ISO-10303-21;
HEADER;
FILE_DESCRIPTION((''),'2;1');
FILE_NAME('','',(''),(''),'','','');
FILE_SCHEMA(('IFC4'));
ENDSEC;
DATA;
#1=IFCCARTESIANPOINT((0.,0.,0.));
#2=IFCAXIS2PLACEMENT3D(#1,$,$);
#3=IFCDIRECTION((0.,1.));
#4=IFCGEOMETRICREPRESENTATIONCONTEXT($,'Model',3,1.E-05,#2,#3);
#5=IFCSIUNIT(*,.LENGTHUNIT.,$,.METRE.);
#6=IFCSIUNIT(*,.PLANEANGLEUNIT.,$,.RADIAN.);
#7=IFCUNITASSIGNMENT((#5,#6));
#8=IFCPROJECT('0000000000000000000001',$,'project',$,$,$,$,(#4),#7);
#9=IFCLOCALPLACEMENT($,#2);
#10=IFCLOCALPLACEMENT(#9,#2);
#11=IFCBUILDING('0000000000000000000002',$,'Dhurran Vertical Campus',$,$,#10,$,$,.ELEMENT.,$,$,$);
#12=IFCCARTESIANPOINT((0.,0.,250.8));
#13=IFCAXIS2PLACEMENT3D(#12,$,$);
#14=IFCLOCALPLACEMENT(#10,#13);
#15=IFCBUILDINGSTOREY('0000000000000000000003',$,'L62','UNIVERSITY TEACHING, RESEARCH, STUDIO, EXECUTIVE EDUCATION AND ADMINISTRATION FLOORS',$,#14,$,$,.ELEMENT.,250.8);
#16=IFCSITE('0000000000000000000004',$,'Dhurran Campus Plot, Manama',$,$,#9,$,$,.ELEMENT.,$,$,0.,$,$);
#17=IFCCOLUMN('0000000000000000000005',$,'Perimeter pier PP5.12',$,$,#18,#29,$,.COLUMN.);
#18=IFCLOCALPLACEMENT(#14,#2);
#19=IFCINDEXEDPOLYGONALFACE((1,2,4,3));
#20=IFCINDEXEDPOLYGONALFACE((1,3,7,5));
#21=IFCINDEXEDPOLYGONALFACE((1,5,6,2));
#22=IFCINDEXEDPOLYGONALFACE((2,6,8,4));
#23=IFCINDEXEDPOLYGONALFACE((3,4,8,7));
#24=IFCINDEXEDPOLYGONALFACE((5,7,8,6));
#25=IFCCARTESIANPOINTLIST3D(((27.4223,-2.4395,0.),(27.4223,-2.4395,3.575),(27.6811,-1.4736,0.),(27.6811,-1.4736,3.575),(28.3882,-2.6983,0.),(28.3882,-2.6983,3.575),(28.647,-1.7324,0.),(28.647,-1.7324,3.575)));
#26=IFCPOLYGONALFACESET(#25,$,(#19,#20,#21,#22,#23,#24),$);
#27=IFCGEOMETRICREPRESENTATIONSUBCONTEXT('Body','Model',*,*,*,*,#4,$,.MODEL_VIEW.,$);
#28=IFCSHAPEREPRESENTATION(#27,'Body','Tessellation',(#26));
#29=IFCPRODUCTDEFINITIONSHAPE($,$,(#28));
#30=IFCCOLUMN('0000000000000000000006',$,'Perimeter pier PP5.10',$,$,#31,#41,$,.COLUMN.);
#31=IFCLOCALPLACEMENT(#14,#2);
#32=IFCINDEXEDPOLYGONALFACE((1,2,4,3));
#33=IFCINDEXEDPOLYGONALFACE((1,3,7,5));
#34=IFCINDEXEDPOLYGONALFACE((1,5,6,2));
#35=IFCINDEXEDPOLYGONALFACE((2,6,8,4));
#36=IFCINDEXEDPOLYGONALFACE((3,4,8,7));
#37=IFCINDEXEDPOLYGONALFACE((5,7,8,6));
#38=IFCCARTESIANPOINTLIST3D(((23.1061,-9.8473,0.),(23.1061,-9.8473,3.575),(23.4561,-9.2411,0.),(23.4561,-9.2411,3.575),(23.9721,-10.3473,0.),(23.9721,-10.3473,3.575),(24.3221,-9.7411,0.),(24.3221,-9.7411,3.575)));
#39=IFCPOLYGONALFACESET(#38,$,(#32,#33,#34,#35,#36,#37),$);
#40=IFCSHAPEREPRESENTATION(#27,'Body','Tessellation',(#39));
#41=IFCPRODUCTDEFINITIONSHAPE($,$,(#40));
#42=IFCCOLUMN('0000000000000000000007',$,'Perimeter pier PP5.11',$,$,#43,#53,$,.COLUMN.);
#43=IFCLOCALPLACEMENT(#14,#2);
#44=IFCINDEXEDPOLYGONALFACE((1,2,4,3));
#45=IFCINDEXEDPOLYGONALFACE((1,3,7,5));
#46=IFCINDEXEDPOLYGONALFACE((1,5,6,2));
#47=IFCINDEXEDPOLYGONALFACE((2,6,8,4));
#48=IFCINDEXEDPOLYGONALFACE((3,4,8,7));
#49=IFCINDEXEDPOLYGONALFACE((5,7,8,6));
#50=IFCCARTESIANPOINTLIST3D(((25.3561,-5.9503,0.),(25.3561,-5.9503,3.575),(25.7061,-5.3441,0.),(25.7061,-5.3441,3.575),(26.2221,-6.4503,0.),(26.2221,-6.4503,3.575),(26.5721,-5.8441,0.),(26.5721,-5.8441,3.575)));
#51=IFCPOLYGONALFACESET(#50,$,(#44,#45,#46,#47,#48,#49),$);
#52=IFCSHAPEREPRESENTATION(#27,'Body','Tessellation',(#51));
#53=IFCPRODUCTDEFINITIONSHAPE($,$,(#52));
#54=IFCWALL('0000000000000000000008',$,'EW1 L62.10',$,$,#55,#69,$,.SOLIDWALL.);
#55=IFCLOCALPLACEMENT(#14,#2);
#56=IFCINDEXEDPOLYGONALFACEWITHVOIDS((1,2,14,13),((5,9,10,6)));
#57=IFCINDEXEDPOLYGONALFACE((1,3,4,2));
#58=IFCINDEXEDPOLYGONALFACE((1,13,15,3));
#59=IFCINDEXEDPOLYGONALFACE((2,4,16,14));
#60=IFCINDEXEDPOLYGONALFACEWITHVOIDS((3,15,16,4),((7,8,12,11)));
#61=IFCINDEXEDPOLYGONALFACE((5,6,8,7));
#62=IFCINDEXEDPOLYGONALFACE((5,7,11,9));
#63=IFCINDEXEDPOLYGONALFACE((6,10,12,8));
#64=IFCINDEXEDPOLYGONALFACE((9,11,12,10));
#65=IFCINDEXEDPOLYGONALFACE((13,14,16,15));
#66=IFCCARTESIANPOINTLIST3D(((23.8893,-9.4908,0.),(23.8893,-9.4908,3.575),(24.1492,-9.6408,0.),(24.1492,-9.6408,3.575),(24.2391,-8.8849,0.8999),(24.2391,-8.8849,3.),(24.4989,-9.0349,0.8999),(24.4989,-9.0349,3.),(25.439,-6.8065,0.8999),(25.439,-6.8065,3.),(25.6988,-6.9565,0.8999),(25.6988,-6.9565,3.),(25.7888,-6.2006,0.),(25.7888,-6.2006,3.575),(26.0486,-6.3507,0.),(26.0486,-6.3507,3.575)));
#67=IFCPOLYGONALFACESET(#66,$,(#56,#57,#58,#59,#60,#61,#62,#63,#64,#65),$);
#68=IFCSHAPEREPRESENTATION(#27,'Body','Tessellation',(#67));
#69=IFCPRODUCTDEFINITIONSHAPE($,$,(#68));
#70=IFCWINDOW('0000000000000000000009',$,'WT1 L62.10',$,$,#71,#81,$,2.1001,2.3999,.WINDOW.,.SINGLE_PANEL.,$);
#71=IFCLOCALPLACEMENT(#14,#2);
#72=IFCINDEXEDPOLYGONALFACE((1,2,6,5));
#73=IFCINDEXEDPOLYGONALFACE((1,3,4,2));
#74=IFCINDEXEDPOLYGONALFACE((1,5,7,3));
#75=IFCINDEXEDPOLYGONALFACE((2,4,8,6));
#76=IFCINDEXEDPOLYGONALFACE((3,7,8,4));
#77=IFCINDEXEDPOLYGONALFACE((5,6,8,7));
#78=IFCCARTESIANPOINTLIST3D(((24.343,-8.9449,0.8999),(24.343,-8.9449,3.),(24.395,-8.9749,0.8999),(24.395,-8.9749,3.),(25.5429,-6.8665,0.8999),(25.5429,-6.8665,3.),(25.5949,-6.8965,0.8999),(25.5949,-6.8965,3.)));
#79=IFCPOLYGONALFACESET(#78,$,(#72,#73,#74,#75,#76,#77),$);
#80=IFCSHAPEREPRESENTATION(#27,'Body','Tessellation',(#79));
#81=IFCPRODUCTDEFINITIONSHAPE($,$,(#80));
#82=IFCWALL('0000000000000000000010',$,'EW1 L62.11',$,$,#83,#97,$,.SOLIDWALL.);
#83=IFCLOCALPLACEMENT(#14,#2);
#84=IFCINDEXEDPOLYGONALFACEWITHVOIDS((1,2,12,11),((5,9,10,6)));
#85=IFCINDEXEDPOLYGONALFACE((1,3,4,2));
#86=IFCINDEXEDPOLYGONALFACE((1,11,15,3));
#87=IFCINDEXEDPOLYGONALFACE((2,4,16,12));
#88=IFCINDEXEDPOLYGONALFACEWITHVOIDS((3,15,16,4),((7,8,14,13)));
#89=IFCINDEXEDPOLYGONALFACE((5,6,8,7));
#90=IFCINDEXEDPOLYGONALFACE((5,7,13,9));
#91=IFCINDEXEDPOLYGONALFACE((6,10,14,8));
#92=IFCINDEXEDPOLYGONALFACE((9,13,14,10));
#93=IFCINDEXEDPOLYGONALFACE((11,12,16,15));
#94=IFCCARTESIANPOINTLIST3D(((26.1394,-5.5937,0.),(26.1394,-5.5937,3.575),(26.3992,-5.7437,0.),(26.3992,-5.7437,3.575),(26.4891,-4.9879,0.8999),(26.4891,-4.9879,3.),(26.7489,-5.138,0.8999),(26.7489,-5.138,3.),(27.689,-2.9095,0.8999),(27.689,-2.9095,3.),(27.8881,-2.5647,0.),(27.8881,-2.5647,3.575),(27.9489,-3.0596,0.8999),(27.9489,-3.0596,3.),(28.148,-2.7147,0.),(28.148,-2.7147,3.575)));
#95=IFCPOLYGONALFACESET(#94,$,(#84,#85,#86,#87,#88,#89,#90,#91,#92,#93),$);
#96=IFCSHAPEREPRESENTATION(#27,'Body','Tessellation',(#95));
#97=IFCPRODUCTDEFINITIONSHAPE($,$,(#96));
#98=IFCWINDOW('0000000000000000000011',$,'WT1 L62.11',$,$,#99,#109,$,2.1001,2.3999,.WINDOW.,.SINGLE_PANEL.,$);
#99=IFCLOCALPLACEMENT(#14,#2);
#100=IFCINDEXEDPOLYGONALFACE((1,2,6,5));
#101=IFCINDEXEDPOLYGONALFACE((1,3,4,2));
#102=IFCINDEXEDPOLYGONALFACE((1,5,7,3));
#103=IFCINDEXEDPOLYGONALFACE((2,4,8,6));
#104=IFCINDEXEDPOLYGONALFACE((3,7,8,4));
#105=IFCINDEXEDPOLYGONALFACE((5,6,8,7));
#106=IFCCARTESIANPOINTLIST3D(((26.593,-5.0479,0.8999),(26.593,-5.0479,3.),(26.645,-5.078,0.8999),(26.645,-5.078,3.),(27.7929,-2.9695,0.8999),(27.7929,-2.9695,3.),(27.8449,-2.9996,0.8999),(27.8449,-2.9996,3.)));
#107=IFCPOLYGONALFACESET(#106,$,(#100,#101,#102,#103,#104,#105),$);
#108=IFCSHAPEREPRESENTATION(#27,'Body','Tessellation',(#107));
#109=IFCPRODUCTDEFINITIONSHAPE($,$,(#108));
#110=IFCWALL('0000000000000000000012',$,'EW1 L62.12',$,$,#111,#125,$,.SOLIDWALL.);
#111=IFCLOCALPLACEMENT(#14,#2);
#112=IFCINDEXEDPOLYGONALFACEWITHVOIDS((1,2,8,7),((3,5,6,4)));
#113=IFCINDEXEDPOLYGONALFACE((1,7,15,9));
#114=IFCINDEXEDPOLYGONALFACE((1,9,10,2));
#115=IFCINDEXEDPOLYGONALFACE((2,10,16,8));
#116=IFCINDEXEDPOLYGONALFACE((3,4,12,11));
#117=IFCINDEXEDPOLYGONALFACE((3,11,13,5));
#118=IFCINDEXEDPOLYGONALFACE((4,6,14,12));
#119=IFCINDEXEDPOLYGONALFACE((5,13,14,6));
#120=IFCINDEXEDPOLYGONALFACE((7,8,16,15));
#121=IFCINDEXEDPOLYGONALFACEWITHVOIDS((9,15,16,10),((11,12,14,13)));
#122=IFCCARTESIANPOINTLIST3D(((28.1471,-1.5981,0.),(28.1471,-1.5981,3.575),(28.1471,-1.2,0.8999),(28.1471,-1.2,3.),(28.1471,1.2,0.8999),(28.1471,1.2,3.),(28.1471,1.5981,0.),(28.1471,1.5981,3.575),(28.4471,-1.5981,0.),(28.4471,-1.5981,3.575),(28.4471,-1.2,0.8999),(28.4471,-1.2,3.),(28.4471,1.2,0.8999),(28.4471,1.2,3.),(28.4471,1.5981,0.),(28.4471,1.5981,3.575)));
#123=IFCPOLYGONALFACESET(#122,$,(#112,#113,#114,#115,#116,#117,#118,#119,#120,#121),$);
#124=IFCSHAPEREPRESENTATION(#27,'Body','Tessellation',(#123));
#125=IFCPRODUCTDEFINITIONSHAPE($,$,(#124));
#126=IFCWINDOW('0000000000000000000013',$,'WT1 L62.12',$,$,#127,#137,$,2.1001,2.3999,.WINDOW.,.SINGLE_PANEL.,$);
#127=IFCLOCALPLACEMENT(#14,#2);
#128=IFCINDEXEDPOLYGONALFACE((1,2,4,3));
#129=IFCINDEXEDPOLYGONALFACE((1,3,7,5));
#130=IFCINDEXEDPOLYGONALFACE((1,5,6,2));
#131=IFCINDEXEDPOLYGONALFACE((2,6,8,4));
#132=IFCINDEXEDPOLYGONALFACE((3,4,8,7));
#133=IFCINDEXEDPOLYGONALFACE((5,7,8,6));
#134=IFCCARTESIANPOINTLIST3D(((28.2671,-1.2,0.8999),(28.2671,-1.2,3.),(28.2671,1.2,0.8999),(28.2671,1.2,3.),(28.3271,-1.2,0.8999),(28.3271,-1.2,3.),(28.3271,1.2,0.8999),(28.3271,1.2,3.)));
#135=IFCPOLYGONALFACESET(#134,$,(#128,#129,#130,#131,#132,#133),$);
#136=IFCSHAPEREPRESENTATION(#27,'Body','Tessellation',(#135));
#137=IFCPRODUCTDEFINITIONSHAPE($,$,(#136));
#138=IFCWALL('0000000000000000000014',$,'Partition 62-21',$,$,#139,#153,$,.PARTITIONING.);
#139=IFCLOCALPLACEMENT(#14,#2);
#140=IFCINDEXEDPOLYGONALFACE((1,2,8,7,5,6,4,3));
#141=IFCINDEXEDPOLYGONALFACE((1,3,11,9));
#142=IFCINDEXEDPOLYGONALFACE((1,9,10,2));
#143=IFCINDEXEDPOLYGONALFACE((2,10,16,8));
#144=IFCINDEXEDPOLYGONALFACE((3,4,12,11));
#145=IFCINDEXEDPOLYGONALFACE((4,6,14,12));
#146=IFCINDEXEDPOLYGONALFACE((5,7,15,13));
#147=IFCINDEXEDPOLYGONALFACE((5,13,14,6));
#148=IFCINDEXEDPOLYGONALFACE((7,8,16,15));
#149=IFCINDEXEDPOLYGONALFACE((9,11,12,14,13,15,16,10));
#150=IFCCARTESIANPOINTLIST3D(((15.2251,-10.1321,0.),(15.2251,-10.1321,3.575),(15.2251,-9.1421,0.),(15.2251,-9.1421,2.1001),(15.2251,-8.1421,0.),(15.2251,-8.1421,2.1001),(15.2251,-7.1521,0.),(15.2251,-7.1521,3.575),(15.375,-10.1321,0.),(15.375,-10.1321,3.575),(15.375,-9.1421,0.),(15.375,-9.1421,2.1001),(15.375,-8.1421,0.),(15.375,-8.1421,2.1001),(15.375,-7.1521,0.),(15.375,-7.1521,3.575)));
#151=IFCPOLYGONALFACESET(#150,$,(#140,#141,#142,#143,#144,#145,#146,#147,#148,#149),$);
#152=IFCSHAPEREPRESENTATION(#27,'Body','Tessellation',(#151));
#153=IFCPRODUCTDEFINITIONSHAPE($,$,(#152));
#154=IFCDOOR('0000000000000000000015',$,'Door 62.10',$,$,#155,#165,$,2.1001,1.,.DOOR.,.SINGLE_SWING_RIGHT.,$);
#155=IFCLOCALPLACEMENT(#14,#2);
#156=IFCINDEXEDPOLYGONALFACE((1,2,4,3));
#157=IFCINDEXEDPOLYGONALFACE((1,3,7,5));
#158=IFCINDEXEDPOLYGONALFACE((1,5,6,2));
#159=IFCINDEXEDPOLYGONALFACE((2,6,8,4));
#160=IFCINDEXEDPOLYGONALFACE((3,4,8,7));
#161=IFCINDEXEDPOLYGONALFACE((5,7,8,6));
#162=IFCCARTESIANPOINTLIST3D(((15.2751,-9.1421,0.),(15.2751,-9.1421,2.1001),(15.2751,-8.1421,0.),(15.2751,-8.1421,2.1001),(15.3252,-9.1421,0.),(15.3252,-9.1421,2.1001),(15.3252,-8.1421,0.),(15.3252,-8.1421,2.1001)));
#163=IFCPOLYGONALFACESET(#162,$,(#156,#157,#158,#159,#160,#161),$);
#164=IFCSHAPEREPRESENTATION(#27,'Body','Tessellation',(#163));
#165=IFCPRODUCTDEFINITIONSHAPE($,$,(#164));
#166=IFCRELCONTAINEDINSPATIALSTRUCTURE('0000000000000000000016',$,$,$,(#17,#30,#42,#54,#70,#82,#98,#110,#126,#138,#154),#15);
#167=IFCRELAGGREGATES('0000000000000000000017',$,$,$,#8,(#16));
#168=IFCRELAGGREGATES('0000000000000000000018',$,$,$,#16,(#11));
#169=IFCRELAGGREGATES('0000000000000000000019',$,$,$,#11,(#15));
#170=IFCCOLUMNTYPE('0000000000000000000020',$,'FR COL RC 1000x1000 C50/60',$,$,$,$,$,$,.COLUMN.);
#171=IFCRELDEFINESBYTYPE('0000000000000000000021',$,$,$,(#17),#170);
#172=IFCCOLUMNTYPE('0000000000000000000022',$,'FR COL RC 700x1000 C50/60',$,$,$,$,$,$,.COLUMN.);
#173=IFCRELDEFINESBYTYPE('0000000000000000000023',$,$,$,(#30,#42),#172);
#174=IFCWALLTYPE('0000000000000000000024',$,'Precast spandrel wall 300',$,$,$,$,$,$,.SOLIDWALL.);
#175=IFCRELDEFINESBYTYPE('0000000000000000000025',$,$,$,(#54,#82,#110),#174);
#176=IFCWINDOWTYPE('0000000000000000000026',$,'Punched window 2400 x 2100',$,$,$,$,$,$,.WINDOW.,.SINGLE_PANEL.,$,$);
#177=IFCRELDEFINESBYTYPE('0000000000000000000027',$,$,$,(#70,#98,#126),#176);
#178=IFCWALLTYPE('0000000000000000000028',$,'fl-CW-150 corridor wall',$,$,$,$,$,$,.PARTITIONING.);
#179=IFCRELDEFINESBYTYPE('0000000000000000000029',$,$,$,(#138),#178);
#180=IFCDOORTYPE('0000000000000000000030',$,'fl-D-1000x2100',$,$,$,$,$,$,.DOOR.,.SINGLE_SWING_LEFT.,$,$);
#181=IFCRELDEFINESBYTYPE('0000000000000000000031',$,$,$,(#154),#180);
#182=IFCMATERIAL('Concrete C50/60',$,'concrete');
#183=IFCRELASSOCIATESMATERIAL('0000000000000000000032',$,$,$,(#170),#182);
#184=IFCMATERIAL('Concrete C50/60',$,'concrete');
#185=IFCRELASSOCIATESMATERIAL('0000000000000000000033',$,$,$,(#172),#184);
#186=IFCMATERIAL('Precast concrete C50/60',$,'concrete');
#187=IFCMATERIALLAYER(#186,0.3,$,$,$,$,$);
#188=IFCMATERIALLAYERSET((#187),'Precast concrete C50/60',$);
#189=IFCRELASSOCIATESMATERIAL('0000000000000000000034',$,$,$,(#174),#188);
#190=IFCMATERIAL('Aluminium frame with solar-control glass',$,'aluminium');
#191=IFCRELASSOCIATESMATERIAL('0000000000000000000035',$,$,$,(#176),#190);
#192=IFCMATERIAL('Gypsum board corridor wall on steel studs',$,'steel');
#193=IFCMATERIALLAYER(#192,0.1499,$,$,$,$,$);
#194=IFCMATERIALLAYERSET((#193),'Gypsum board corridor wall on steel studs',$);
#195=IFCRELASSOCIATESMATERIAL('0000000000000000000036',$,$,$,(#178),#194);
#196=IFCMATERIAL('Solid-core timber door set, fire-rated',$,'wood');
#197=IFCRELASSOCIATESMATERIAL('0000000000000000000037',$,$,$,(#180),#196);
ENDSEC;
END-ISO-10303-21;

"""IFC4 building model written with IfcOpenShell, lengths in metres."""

from ifc_helpers import new_model, si_unit, direction, frame, frame_2d, origin, origin_2d, place, context, subcontext, project, spatial, rectangle, extrude, material, layer, layer_set, material_profile, profile_set, type_object, element, fill, save


model = new_model("IFC4")

# Units and contexts
model_context = context("Model", 3, precision=1e-05, world=origin(), true_north=direction((0.0, 1.0)))
body_context = subcontext(model_context, "Body", "Model", "MODEL_VIEW")
ifc_project = project(units=[si_unit("LENGTHUNIT", "METRE"), si_unit("PLANEANGLEUNIT", "RADIAN")], contexts=[model_context])

# Site, building, storey
site_placement = place(None, origin())
site = spatial("IfcSite", under=ifc_project, at=site_placement, Name="Dhurran Campus Plot, Manama", CompositionType="ELEMENT", RefElevation=0.0)
building_placement = place(site_placement, origin())
building = spatial("IfcBuilding", under=site, at=building_placement, Name="Dhurran Vertical Campus", CompositionType="ELEMENT")
storey_placement = place(building_placement, frame((0.0, 0.0, 250.8)))
storey = spatial("IfcBuildingStorey", under=building, at=storey_placement, Name="L62", Description="UNIVERSITY TEACHING, RESEARCH, STUDIO, EXECUTIVE EDUCATION AND ADMINISTRATION FLOORS", CompositionType="ELEMENT", Elevation=250.8)

# Columns
ifc_material_1 = material(Name="Concrete C50/60", Category="concrete")
ifc_material_profile_1 = material_profile(ifc_material_1, rectangle(XDim=1.0, YDim=1.0, at=origin_2d()), Name="RC 1000x1000")
ifc_profile_set_1 = profile_set([ifc_material_profile_1], Name="Concrete C50/60")
column_type_1 = type_object("IfcColumnType", Name="FR COL RC 1000x1000 C50/60", PredefinedType="COLUMN", material=ifc_profile_set_1)
column_placement = place(storey_placement, frame((28.0347, -2.0859, 0.0), z_axis=(0.0, 0.0, 1.0), x_axis=(0.258819, 0.965926, 0.0)))
element("IfcColumn", 1, at=column_placement, inside=storey, type_object=column_type_1, Name="Perimeter pier PP5.12", PredefinedType="COLUMN", context=body_context, shape_type="SweptSolid", body=[
    extrude(rectangle(XDim=1.0, YDim=1.0, at=origin_2d()), origin(), (0.0, 0.0, 1.0), 3.575),
])
ifc_material_2 = material(Name="Concrete C50/60", Category="concrete")
ifc_material_profile_2 = material_profile(ifc_material_2, rectangle(XDim=0.7, YDim=1.0, at=origin_2d()), Name="RC 700x1000")
ifc_profile_set_2 = profile_set([ifc_material_profile_2], Name="Concrete C50/60")
column_type_2 = type_object("IfcColumnType", Name="FR COL RC 700x1000 C50/60", PredefinedType="COLUMN", material=ifc_profile_set_2)
for number, where, z_axis, x_axis, name in (
    (2, (23.7141, -9.7942, 0.0), (0.0, 0.0, 1.0), (0.5, 0.866025, 0.0), "Perimeter pier PP5.10"),
    (3, (25.9641, -5.8972, 0.0), (0.0, 0.0, 1.0), (0.5, 0.866025, 0.0), "Perimeter pier PP5.11"),
):
    element("IfcColumn", number, at=place(storey_placement, frame(where, z_axis=z_axis, x_axis=x_axis)), inside=storey, type_object=column_type_2, Name=name, PredefinedType="COLUMN", context=body_context, shape_type="SweptSolid", body=[
        extrude(rectangle(XDim=0.7, YDim=1.0, at=origin_2d()), origin(), (0.0, 0.0, 1.0), 3.575),
    ])

# Walls, openings, windows
ifc_material_3 = material(Name="Precast concrete C50/60", Category="concrete")
ifc_layer_1 = layer(ifc_material_3, 0.3)
ifc_layer_set_1 = layer_set([ifc_layer_1], Name="Precast concrete C50/60")
wall_type_1 = type_object("IfcWallType", Name="Precast spandrel wall 300", PredefinedType="SOLIDWALL", material=ifc_layer_set_1)
wall_1_placement = place(storey_placement, frame((24.0193, -9.5657, 0.0), z_axis=(0.0, 0.0, 1.0), x_axis=(0.499982, 0.866036, 0.0)))
wall_1 = element("IfcWall", 4, at=wall_1_placement, inside=storey, type_object=wall_type_1, Name="EW1 L62.10", PredefinedType="SOLIDWALL", context=body_context, shape_type="SweptSolid", body=[
    extrude(rectangle(XDim=3.7991, YDim=0.3, at=frame_2d((1.8994, 0.0))), origin(), (0.0, 0.0, 1.0), 3.575),
])
opening_1_placement = place(wall_1_placement, frame((0.6995, 0.0, 0.8999)))
opening_1 = element("IfcOpeningElement", 5, at=opening_1_placement, cuts=wall_1, PredefinedType="OPENING", context=body_context, shape_type="SweptSolid", body=[
    extrude(rectangle(XDim=2.3999, YDim=2.1001, at=frame_2d((1.2, 1.05))), frame((0.0, 0.1599, 0.0), z_axis=(0.0, -1.0, 0.0), x_axis=(1.0, 0.0, 0.0)), (0.0, 0.0, 1.0), 0.3201),
])
ifc_material_4 = material(Name="Aluminium frame with solar-control glass", Category="aluminium")
window_type = type_object("IfcWindowType", Name="Punched window 2400 x 2100", PartitioningType="SINGLE_PANEL", PredefinedType="WINDOW", material=ifc_material_4)
window_1_placement = place(opening_1_placement, origin())
window_1 = element("IfcWindow", 6, at=window_1_placement, inside=storey, type_object=window_type, Name="WT1 L62.10", OverallHeight=2.1001, OverallWidth=2.3999, PartitioningType="SINGLE_PANEL", PredefinedType="WINDOW", context=body_context, shape_type="SweptSolid", body=[
    extrude(rectangle(XDim=2.3999, YDim=2.1001, at=frame_2d((1.2, 1.05))), frame((0.0, 0.03, 0.0), z_axis=(0.0, -1.0, 0.0), x_axis=(1.0, 0.0, 0.0)), (0.0, 0.0, 1.0), 0.0601),
])
fill(opening_1, window_1)
wall_2_placement = place(storey_placement, frame((26.2693, -5.6687, 0.0), z_axis=(0.0, 0.0, 1.0), x_axis=(0.49999, 0.866031, 0.0)))
wall_2 = element("IfcWall", 7, at=wall_2_placement, inside=storey, type_object=wall_type_1, Name="EW1 L62.11", PredefinedType="SOLIDWALL", context=body_context, shape_type="SweptSolid", body=[
    extrude(rectangle(XDim=3.4976, YDim=0.3, at=frame_2d((1.7488, 0.0))), origin(), (0.0, 0.0, 1.0), 3.575),
])
opening_2_placement = place(wall_2_placement, frame((0.6995, 0.0, 0.8999)))
opening_2 = element("IfcOpeningElement", 8, at=opening_2_placement, cuts=wall_2, PredefinedType="OPENING", context=body_context, shape_type="SweptSolid", body=[
    extrude(rectangle(XDim=2.3999, YDim=2.1001, at=frame_2d((1.2, 1.05))), frame((0.0, 0.1599, 0.0), z_axis=(0.0, -1.0, 0.0), x_axis=(1.0, 0.0, 0.0)), (0.0, 0.0, 1.0), 0.3201),
])
window_2_placement = place(opening_2_placement, origin())
window_2 = element("IfcWindow", 9, at=window_2_placement, inside=storey, type_object=window_type, Name="WT1 L62.11", OverallHeight=2.1001, OverallWidth=2.3999, PartitioningType="SINGLE_PANEL", PredefinedType="WINDOW", context=body_context, shape_type="SweptSolid", body=[
    extrude(rectangle(XDim=2.3999, YDim=2.1001, at=frame_2d((1.2, 1.05))), frame((0.0, 0.03, 0.0), z_axis=(0.0, -1.0, 0.0), x_axis=(1.0, 0.0, 0.0)), (0.0, 0.0, 1.0), 0.0601),
])
fill(opening_2, window_2)
wall_3_placement = place(storey_placement, frame((28.2971, -1.5981, 0.0), z_axis=(0.0, 0.0, 1.0), x_axis=(0.0, 1.0, 0.0)))
wall_3 = element("IfcWall", 10, at=wall_3_placement, inside=storey, type_object=wall_type_1, Name="EW1 L62.12", PredefinedType="SOLIDWALL", context=body_context, shape_type="SweptSolid", body=[
    extrude(rectangle(XDim=3.1963, YDim=0.3, at=frame_2d((1.5981, 0.0))), origin(), (0.0, 0.0, 1.0), 3.575),
])
opening_3_placement = place(wall_3_placement, frame((0.3982, 0.0, 0.8999)))
opening_3 = element("IfcOpeningElement", 11, at=opening_3_placement, cuts=wall_3, PredefinedType="OPENING", context=body_context, shape_type="SweptSolid", body=[
    extrude(rectangle(XDim=2.3999, YDim=2.1001, at=frame_2d((1.2, 1.05))), frame((0.0, 0.1599, 0.0), z_axis=(0.0, -1.0, 0.0), x_axis=(1.0, 0.0, 0.0)), (0.0, 0.0, 1.0), 0.3201),
])
window_3_placement = place(opening_3_placement, origin())
window_3 = element("IfcWindow", 12, at=window_3_placement, inside=storey, type_object=window_type, Name="WT1 L62.12", OverallHeight=2.1001, OverallWidth=2.3999, PartitioningType="SINGLE_PANEL", PredefinedType="WINDOW", context=body_context, shape_type="SweptSolid", body=[
    extrude(rectangle(XDim=2.3999, YDim=2.1001, at=frame_2d((1.2, 1.05))), frame((0.0, 0.03, 0.0), z_axis=(0.0, -1.0, 0.0), x_axis=(1.0, 0.0, 0.0)), (0.0, 0.0, 1.0), 0.0601),
])
fill(opening_3, window_3)

# Wall, opening, door
ifc_material_5 = material(Name="Gypsum board corridor wall on steel studs", Category="steel")
ifc_layer_2 = layer(ifc_material_5, 0.1499)
ifc_layer_set_2 = layer_set([ifc_layer_2], Name="Gypsum board corridor wall on steel studs")
wall_type_2 = type_object("IfcWallType", Name="fl-CW-150 corridor wall", PredefinedType="PARTITIONING", material=ifc_layer_set_2)
wall_4_placement = place(storey_placement, frame((15.3, -10.1321, 0.0), z_axis=(0.0, 0.0, 1.0), x_axis=(0.0, 1.0, 0.0)))
wall_4 = element("IfcWall", 13, at=wall_4_placement, inside=storey, type_object=wall_type_2, Name="Partition 62-21", PredefinedType="PARTITIONING", context=body_context, shape_type="SweptSolid", body=[
    extrude(rectangle(XDim=2.98, YDim=0.1499, at=frame_2d((1.49, 0.0))), origin(), (0.0, 0.0, 1.0), 3.575),
])
opening_4_placement = place(wall_4_placement, frame((0.99, 0.0, 0.0)))
opening_4 = element("IfcOpeningElement", 14, at=opening_4_placement, cuts=wall_4, PredefinedType="OPENING", context=body_context, shape_type="SweptSolid", body=[
    extrude(rectangle(XDim=1.0, YDim=2.1001, at=frame_2d((0.5, 1.05))), frame((0.0, 0.085, 0.0), z_axis=(0.0, -1.0, 0.0), x_axis=(1.0, 0.0, 0.0)), (0.0, 0.0, 1.0), 0.1699),
])
ifc_material_6 = material(Name="Solid-core timber door set, fire-rated", Category="wood")
door_type = type_object("IfcDoorType", Name="fl-D-1000x2100", OperationType="SINGLE_SWING_LEFT", PredefinedType="DOOR", material=ifc_material_6)
door_1_placement = place(opening_4_placement, origin())
door_1 = element("IfcDoor", 15, at=door_1_placement, inside=storey, type_object=door_type, Name="Door 62.10", OperationType="SINGLE_SWING_RIGHT", OverallHeight=2.1001, OverallWidth=1.0, PredefinedType="DOOR", context=body_context, shape_type="SweptSolid", body=[
    extrude(rectangle(XDim=1.0, YDim=2.1001, at=frame_2d((0.5, 1.05))), frame((0.0, 0.0249, 0.0), z_axis=(0.0, -1.0, 0.0), x_axis=(1.0, 0.0, 0.0)), (0.0, 0.0, 1.0), 0.05),
])
fill(opening_4, door_1)

save(model, "model.ifc")
